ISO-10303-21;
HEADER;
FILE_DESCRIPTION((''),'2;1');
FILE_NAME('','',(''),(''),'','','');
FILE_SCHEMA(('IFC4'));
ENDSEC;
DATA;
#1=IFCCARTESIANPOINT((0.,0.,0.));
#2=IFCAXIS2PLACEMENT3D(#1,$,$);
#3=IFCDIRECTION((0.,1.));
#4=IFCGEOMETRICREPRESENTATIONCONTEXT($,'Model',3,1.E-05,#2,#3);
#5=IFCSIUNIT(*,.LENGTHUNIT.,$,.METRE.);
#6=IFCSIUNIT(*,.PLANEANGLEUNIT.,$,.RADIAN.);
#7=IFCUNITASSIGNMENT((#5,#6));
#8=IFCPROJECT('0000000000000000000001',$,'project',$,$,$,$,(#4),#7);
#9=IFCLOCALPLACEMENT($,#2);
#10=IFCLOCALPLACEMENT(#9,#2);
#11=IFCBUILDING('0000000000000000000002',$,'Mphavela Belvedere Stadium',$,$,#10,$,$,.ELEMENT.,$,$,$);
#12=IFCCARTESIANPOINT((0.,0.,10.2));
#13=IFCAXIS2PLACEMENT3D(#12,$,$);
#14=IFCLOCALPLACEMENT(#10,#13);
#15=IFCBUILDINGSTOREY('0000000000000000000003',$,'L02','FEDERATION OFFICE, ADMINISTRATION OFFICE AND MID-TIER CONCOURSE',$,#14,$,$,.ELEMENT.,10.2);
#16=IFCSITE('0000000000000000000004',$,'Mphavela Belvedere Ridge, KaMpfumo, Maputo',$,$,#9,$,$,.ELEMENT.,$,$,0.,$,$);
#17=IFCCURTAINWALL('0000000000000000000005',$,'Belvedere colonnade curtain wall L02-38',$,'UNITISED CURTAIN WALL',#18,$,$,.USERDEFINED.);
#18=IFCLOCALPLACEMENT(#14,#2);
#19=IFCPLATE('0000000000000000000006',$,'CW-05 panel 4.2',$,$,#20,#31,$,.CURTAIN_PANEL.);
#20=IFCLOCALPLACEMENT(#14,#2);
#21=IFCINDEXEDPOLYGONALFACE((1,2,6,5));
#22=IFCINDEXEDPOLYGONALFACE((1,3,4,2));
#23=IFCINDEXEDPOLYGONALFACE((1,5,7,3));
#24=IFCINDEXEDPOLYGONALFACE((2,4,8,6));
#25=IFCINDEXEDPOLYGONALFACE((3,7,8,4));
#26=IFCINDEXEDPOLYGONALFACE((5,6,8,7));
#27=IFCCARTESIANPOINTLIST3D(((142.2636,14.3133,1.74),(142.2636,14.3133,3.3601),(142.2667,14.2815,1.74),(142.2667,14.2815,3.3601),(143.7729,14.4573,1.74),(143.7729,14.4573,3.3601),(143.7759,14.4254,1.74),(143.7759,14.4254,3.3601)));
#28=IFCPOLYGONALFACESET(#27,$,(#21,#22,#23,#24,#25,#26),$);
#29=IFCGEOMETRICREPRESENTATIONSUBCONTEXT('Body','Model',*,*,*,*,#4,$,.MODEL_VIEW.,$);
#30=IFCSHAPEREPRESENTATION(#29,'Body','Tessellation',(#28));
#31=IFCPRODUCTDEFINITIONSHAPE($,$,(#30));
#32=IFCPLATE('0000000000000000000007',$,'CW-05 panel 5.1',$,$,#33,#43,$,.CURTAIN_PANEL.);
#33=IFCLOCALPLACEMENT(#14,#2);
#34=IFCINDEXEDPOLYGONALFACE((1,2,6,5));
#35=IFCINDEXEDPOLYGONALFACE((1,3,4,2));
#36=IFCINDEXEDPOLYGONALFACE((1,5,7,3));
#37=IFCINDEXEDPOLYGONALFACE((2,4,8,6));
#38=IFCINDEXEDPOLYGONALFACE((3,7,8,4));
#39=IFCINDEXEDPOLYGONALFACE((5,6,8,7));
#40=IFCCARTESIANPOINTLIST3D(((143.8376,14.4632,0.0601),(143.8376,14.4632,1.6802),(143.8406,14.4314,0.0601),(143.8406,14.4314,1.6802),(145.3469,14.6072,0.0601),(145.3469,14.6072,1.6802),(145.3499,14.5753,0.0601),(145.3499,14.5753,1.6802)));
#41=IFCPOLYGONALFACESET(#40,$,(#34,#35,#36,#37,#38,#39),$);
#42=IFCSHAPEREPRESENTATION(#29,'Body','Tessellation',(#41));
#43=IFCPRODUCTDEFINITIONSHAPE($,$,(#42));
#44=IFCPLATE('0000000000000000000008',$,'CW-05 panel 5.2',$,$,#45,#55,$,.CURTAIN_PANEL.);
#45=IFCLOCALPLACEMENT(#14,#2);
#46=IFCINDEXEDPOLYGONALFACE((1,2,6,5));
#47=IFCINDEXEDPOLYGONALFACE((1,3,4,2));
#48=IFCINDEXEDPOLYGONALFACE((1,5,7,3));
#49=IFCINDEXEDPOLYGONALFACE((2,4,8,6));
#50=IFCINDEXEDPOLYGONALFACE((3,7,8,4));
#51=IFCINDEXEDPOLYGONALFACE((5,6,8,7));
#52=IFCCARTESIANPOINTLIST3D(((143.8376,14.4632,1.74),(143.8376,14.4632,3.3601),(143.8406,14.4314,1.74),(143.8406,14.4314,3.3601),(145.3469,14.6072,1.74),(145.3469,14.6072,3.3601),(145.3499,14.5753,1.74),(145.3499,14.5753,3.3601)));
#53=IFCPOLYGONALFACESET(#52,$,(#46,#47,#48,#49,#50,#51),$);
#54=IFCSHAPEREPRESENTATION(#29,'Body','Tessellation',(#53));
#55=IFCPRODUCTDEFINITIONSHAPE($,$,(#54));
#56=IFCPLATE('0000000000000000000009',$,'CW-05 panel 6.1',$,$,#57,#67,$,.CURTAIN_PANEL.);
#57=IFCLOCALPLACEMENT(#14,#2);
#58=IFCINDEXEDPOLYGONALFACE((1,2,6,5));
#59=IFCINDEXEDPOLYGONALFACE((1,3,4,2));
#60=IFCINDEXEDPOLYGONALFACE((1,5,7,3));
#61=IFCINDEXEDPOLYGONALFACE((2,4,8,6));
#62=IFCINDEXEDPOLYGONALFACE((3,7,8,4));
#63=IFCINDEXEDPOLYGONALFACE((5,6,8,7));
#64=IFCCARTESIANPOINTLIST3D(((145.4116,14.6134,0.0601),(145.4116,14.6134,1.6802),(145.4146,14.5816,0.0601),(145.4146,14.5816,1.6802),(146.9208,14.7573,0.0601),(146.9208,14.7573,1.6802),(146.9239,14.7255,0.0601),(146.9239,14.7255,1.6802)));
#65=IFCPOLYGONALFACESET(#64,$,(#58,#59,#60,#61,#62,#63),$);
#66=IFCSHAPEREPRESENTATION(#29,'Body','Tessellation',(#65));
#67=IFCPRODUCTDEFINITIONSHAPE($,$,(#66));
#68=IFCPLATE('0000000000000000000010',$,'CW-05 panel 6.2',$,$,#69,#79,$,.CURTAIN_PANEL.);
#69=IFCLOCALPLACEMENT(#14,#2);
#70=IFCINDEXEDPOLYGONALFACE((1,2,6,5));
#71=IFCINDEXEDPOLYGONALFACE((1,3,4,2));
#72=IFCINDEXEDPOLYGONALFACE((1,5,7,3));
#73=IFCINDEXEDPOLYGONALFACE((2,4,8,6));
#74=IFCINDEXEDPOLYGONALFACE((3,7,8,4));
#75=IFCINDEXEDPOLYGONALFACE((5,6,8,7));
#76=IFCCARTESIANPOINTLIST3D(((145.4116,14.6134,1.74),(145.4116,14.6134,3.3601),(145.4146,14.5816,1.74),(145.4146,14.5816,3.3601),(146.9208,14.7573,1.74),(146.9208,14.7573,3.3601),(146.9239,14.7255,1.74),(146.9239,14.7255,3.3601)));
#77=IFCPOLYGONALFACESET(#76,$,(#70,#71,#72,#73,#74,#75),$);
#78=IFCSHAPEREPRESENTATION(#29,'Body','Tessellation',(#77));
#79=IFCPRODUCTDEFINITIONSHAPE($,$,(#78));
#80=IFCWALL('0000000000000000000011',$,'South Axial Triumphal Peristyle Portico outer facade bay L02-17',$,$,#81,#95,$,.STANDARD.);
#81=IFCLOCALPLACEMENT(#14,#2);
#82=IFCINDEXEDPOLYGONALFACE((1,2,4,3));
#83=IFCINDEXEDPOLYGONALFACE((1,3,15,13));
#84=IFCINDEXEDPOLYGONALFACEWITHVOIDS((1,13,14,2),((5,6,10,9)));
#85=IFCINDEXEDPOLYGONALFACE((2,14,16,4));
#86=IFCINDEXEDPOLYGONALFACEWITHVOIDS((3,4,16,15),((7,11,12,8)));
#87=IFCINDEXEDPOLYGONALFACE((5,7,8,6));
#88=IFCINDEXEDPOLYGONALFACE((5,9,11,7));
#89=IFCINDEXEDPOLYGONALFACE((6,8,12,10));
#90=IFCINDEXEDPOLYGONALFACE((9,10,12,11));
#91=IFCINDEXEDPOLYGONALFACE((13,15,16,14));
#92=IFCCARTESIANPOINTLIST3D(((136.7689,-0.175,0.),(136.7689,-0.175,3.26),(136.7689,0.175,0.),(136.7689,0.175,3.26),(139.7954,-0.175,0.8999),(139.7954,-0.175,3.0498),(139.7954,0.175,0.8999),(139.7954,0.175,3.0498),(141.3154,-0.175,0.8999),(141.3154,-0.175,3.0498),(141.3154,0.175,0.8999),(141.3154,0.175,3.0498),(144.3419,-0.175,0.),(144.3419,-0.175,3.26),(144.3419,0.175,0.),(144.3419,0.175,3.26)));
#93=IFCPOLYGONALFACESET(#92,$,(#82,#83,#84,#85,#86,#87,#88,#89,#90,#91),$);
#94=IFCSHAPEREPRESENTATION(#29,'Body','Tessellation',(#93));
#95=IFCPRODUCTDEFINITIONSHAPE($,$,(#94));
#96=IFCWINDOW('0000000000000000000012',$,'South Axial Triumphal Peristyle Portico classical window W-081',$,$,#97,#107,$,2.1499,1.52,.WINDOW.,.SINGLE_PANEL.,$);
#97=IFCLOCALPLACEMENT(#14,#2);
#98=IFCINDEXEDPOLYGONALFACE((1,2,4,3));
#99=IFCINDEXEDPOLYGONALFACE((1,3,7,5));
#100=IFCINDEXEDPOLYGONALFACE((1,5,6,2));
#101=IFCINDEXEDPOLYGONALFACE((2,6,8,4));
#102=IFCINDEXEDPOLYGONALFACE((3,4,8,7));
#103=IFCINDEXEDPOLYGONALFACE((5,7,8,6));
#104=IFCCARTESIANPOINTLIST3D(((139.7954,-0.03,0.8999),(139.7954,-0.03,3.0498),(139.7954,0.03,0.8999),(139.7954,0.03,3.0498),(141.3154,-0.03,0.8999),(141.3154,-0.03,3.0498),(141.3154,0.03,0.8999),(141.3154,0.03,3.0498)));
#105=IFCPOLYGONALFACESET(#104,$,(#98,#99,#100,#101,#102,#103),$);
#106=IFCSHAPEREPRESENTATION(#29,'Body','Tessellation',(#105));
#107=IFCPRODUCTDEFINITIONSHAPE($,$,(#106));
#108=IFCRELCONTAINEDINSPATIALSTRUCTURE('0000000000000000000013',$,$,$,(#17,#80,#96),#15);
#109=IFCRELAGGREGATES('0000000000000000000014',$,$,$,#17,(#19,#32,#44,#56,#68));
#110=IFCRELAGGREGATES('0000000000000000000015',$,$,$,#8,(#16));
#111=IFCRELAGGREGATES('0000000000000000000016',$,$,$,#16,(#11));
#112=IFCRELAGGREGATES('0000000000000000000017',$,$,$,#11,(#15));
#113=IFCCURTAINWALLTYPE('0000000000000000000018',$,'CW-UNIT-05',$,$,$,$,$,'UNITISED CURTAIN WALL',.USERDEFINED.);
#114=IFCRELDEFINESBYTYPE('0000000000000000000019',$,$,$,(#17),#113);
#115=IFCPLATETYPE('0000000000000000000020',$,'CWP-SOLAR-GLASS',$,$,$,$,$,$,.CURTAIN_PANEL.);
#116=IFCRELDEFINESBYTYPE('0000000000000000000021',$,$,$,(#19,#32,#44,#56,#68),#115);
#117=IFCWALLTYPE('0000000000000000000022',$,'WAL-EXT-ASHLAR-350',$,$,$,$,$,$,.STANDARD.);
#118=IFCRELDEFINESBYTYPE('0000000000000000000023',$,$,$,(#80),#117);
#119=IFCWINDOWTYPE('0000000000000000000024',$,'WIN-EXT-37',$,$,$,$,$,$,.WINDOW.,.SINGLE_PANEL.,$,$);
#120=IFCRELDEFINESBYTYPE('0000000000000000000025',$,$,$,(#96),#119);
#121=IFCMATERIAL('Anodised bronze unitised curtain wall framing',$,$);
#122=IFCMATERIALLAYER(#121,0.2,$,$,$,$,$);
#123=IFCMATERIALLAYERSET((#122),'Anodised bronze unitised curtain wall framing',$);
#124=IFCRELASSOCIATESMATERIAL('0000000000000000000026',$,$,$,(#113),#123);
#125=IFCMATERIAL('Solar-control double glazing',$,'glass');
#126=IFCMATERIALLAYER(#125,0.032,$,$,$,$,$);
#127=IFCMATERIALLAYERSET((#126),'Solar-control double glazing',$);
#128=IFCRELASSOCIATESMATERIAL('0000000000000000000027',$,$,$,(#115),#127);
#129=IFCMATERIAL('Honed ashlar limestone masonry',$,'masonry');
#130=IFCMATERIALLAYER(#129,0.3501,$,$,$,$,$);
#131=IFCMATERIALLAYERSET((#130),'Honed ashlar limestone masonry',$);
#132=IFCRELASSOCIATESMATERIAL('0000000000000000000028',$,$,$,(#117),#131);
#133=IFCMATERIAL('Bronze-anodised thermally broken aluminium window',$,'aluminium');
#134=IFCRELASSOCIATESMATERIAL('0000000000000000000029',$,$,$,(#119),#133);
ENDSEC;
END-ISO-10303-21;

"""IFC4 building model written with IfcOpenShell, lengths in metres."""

from ifc_helpers import new_model, si_unit, direction, frame, frame_2d, origin, origin_2d, place, context, subcontext, project, spatial, rectangle, extrude, material, layer, layer_set, type_object, element, fill, aggregate, save


model = new_model("IFC4")

# Units and contexts
model_context = context("Model", 3, precision=1e-05, world=origin(), true_north=direction((0.0, 1.0)))
body_context = subcontext(model_context, "Body", "Model", "MODEL_VIEW")
ifc_project = project(units=[si_unit("LENGTHUNIT", "METRE"), si_unit("PLANEANGLEUNIT", "RADIAN")], contexts=[model_context])

# Site, building, storey
site_placement = place(None, origin())
site = spatial("IfcSite", under=ifc_project, at=site_placement, Name="Mphavela Belvedere Ridge, KaMpfumo, Maputo", CompositionType="ELEMENT", RefElevation=0.0)
building_placement = place(site_placement, origin())
building = spatial("IfcBuilding", under=site, at=building_placement, Name="Mphavela Belvedere Stadium", CompositionType="ELEMENT")
storey_placement = place(building_placement, frame((0.0, 0.0, 10.2)))
storey = spatial("IfcBuildingStorey", under=building, at=storey_placement, Name="L02", Description="FEDERATION OFFICE, ADMINISTRATION OFFICE AND MID-TIER CONCOURSE", CompositionType="ELEMENT", Elevation=10.2)

# Curtain wall, plates
ifc_material_1 = material(Name="Anodised bronze unitised curtain wall framing")
ifc_layer_1 = layer(ifc_material_1, 0.2)
ifc_layer_set_1 = layer_set([ifc_layer_1], Name="Anodised bronze unitised curtain wall framing")
curtain_wall_type = type_object("IfcCurtainWallType", Name="CW-UNIT-05", ElementType="UNITISED CURTAIN WALL", PredefinedType="USERDEFINED", material=ifc_layer_set_1)
curtain_wall_placement = place(storey_placement, origin())
curtain_wall = element("IfcCurtainWall", 1, at=curtain_wall_placement, inside=storey, type_object=curtain_wall_type, Name="Belvedere colonnade curtain wall L02-38", ObjectType="UNITISED CURTAIN WALL", PredefinedType="USERDEFINED")
ifc_material_2 = material(Name="Solar-control double glazing", Category="glass")
ifc_layer_2 = layer(ifc_material_2, 0.032)
ifc_layer_set_2 = layer_set([ifc_layer_2], Name="Solar-control double glazing")
plate_type = type_object("IfcPlateType", Name="CWP-SOLAR-GLASS", PredefinedType="CURTAIN_PANEL", material=ifc_layer_set_2)
plate_1_placement = place(storey_placement, frame((143.0198, 14.3694, 1.74), z_axis=(0.0, 0.0, 1.0), x_axis=(0.995484, 0.094926, 0.0)))
plate_1 = element("IfcPlate", 2, at=plate_1_placement, type_object=plate_type, Name="CW-05 panel 4.2", PredefinedType="CURTAIN_PANEL", context=body_context, shape_type="SweptSolid", body=[
    extrude(rectangle(XDim=1.5161, YDim=0.032, at=origin_2d()), origin(), (0.0, 0.0, 1.0), 1.6201),
])
plate_2_placement = place(storey_placement, frame((144.5938, 14.5193, 0.0601), z_axis=(0.0, 0.0, 1.0), x_axis=(0.995484, 0.094926, 0.0)))
plate_2 = element("IfcPlate", 3, at=plate_2_placement, type_object=plate_type, Name="CW-05 panel 5.1", PredefinedType="CURTAIN_PANEL", context=body_context, shape_type="SweptSolid", body=[
    extrude(rectangle(XDim=1.5161, YDim=0.032, at=origin_2d()), origin(), (0.0, 0.0, 1.0), 1.6201),
])
plate_3_placement = place(storey_placement, frame((144.5938, 14.5193, 1.74), z_axis=(0.0, 0.0, 1.0), x_axis=(0.995484, 0.094926, 0.0)))
plate_3 = element("IfcPlate", 4, at=plate_3_placement, type_object=plate_type, Name="CW-05 panel 5.2", PredefinedType="CURTAIN_PANEL", context=body_context, shape_type="SweptSolid", body=[
    extrude(rectangle(XDim=1.5161, YDim=0.032, at=origin_2d()), origin(), (0.0, 0.0, 1.0), 1.6201),
])
plate_4_placement = place(storey_placement, frame((146.1677, 14.6694, 0.0601), z_axis=(0.0, 0.0, 1.0), x_axis=(0.995484, 0.094926, 0.0)))
plate_4 = element("IfcPlate", 5, at=plate_4_placement, type_object=plate_type, Name="CW-05 panel 6.1", PredefinedType="CURTAIN_PANEL", context=body_context, shape_type="SweptSolid", body=[
    extrude(rectangle(XDim=1.5161, YDim=0.032, at=origin_2d()), origin(), (0.0, 0.0, 1.0), 1.6201),
])
plate_5_placement = place(storey_placement, frame((146.1677, 14.6694, 1.74), z_axis=(0.0, 0.0, 1.0), x_axis=(0.995484, 0.094926, 0.0)))
plate_5 = element("IfcPlate", 6, at=plate_5_placement, type_object=plate_type, Name="CW-05 panel 6.2", PredefinedType="CURTAIN_PANEL", context=body_context, shape_type="SweptSolid", body=[
    extrude(rectangle(XDim=1.5161, YDim=0.032, at=origin_2d()), origin(), (0.0, 0.0, 1.0), 1.6201),
])
aggregate(curtain_wall, [plate_1, plate_2, plate_3, plate_4, plate_5])

# Wall, opening, window
ifc_material_3 = material(Name="Honed ashlar limestone masonry", Category="masonry")
ifc_layer_3 = layer(ifc_material_3, 0.3501)
ifc_layer_set_3 = layer_set([ifc_layer_3], Name="Honed ashlar limestone masonry")
wall_type = type_object("IfcWallType", Name="WAL-EXT-ASHLAR-350", PredefinedType="STANDARD", material=ifc_layer_set_3)
wall_placement = place(storey_placement, frame((144.342, 0.0, 0.0), z_axis=(0.0, 0.0, 1.0), x_axis=(-1.0, 0.0, 0.0)))
wall = element("IfcWall", 7, at=wall_placement, inside=storey, type_object=wall_type, Name="South Axial Triumphal Peristyle Portico outer facade bay L02-17", PredefinedType="STANDARD", context=body_context, shape_type="SweptSolid", body=[
    extrude(rectangle(XDim=7.573, YDim=0.3501, at=frame_2d((3.7866, 0.0))), origin(), (0.0, 0.0, 1.0), 3.26),
])
opening_placement = place(wall_placement, frame((3.0266, 0.0, 0.8999)))
opening = element("IfcOpeningElement", 8, at=opening_placement, cuts=wall, PredefinedType="OPENING", context=body_context, shape_type="SweptSolid", body=[
    extrude(rectangle(XDim=1.52, YDim=2.1499, at=frame_2d((0.76, 1.075))), frame((0.0, 0.1851, 0.0), z_axis=(0.0, -1.0, 0.0), x_axis=(1.0, 0.0, 0.0)), (0.0, 0.0, 1.0), 0.3701),
])
ifc_material_4 = material(Name="Bronze-anodised thermally broken aluminium window", Category="aluminium")
window_type = type_object("IfcWindowType", Name="WIN-EXT-37", PartitioningType="SINGLE_PANEL", PredefinedType="WINDOW", material=ifc_material_4)
window_placement = place(opening_placement, origin())
window = element("IfcWindow", 9, at=window_placement, inside=storey, type_object=window_type, Name="South Axial Triumphal Peristyle Portico classical window W-081", OverallHeight=2.1499, OverallWidth=1.52, PartitioningType="SINGLE_PANEL", PredefinedType="WINDOW", context=body_context, shape_type="SweptSolid", body=[
    extrude(rectangle(XDim=1.52, YDim=2.1499, at=frame_2d((0.76, 1.075))), frame((0.0, 0.03, 0.0), z_axis=(0.0, -1.0, 0.0), x_axis=(1.0, 0.0, 0.0)), (0.0, 0.0, 1.0), 0.0601),
])
fill(opening, window)

save(model, "model.ifc")
